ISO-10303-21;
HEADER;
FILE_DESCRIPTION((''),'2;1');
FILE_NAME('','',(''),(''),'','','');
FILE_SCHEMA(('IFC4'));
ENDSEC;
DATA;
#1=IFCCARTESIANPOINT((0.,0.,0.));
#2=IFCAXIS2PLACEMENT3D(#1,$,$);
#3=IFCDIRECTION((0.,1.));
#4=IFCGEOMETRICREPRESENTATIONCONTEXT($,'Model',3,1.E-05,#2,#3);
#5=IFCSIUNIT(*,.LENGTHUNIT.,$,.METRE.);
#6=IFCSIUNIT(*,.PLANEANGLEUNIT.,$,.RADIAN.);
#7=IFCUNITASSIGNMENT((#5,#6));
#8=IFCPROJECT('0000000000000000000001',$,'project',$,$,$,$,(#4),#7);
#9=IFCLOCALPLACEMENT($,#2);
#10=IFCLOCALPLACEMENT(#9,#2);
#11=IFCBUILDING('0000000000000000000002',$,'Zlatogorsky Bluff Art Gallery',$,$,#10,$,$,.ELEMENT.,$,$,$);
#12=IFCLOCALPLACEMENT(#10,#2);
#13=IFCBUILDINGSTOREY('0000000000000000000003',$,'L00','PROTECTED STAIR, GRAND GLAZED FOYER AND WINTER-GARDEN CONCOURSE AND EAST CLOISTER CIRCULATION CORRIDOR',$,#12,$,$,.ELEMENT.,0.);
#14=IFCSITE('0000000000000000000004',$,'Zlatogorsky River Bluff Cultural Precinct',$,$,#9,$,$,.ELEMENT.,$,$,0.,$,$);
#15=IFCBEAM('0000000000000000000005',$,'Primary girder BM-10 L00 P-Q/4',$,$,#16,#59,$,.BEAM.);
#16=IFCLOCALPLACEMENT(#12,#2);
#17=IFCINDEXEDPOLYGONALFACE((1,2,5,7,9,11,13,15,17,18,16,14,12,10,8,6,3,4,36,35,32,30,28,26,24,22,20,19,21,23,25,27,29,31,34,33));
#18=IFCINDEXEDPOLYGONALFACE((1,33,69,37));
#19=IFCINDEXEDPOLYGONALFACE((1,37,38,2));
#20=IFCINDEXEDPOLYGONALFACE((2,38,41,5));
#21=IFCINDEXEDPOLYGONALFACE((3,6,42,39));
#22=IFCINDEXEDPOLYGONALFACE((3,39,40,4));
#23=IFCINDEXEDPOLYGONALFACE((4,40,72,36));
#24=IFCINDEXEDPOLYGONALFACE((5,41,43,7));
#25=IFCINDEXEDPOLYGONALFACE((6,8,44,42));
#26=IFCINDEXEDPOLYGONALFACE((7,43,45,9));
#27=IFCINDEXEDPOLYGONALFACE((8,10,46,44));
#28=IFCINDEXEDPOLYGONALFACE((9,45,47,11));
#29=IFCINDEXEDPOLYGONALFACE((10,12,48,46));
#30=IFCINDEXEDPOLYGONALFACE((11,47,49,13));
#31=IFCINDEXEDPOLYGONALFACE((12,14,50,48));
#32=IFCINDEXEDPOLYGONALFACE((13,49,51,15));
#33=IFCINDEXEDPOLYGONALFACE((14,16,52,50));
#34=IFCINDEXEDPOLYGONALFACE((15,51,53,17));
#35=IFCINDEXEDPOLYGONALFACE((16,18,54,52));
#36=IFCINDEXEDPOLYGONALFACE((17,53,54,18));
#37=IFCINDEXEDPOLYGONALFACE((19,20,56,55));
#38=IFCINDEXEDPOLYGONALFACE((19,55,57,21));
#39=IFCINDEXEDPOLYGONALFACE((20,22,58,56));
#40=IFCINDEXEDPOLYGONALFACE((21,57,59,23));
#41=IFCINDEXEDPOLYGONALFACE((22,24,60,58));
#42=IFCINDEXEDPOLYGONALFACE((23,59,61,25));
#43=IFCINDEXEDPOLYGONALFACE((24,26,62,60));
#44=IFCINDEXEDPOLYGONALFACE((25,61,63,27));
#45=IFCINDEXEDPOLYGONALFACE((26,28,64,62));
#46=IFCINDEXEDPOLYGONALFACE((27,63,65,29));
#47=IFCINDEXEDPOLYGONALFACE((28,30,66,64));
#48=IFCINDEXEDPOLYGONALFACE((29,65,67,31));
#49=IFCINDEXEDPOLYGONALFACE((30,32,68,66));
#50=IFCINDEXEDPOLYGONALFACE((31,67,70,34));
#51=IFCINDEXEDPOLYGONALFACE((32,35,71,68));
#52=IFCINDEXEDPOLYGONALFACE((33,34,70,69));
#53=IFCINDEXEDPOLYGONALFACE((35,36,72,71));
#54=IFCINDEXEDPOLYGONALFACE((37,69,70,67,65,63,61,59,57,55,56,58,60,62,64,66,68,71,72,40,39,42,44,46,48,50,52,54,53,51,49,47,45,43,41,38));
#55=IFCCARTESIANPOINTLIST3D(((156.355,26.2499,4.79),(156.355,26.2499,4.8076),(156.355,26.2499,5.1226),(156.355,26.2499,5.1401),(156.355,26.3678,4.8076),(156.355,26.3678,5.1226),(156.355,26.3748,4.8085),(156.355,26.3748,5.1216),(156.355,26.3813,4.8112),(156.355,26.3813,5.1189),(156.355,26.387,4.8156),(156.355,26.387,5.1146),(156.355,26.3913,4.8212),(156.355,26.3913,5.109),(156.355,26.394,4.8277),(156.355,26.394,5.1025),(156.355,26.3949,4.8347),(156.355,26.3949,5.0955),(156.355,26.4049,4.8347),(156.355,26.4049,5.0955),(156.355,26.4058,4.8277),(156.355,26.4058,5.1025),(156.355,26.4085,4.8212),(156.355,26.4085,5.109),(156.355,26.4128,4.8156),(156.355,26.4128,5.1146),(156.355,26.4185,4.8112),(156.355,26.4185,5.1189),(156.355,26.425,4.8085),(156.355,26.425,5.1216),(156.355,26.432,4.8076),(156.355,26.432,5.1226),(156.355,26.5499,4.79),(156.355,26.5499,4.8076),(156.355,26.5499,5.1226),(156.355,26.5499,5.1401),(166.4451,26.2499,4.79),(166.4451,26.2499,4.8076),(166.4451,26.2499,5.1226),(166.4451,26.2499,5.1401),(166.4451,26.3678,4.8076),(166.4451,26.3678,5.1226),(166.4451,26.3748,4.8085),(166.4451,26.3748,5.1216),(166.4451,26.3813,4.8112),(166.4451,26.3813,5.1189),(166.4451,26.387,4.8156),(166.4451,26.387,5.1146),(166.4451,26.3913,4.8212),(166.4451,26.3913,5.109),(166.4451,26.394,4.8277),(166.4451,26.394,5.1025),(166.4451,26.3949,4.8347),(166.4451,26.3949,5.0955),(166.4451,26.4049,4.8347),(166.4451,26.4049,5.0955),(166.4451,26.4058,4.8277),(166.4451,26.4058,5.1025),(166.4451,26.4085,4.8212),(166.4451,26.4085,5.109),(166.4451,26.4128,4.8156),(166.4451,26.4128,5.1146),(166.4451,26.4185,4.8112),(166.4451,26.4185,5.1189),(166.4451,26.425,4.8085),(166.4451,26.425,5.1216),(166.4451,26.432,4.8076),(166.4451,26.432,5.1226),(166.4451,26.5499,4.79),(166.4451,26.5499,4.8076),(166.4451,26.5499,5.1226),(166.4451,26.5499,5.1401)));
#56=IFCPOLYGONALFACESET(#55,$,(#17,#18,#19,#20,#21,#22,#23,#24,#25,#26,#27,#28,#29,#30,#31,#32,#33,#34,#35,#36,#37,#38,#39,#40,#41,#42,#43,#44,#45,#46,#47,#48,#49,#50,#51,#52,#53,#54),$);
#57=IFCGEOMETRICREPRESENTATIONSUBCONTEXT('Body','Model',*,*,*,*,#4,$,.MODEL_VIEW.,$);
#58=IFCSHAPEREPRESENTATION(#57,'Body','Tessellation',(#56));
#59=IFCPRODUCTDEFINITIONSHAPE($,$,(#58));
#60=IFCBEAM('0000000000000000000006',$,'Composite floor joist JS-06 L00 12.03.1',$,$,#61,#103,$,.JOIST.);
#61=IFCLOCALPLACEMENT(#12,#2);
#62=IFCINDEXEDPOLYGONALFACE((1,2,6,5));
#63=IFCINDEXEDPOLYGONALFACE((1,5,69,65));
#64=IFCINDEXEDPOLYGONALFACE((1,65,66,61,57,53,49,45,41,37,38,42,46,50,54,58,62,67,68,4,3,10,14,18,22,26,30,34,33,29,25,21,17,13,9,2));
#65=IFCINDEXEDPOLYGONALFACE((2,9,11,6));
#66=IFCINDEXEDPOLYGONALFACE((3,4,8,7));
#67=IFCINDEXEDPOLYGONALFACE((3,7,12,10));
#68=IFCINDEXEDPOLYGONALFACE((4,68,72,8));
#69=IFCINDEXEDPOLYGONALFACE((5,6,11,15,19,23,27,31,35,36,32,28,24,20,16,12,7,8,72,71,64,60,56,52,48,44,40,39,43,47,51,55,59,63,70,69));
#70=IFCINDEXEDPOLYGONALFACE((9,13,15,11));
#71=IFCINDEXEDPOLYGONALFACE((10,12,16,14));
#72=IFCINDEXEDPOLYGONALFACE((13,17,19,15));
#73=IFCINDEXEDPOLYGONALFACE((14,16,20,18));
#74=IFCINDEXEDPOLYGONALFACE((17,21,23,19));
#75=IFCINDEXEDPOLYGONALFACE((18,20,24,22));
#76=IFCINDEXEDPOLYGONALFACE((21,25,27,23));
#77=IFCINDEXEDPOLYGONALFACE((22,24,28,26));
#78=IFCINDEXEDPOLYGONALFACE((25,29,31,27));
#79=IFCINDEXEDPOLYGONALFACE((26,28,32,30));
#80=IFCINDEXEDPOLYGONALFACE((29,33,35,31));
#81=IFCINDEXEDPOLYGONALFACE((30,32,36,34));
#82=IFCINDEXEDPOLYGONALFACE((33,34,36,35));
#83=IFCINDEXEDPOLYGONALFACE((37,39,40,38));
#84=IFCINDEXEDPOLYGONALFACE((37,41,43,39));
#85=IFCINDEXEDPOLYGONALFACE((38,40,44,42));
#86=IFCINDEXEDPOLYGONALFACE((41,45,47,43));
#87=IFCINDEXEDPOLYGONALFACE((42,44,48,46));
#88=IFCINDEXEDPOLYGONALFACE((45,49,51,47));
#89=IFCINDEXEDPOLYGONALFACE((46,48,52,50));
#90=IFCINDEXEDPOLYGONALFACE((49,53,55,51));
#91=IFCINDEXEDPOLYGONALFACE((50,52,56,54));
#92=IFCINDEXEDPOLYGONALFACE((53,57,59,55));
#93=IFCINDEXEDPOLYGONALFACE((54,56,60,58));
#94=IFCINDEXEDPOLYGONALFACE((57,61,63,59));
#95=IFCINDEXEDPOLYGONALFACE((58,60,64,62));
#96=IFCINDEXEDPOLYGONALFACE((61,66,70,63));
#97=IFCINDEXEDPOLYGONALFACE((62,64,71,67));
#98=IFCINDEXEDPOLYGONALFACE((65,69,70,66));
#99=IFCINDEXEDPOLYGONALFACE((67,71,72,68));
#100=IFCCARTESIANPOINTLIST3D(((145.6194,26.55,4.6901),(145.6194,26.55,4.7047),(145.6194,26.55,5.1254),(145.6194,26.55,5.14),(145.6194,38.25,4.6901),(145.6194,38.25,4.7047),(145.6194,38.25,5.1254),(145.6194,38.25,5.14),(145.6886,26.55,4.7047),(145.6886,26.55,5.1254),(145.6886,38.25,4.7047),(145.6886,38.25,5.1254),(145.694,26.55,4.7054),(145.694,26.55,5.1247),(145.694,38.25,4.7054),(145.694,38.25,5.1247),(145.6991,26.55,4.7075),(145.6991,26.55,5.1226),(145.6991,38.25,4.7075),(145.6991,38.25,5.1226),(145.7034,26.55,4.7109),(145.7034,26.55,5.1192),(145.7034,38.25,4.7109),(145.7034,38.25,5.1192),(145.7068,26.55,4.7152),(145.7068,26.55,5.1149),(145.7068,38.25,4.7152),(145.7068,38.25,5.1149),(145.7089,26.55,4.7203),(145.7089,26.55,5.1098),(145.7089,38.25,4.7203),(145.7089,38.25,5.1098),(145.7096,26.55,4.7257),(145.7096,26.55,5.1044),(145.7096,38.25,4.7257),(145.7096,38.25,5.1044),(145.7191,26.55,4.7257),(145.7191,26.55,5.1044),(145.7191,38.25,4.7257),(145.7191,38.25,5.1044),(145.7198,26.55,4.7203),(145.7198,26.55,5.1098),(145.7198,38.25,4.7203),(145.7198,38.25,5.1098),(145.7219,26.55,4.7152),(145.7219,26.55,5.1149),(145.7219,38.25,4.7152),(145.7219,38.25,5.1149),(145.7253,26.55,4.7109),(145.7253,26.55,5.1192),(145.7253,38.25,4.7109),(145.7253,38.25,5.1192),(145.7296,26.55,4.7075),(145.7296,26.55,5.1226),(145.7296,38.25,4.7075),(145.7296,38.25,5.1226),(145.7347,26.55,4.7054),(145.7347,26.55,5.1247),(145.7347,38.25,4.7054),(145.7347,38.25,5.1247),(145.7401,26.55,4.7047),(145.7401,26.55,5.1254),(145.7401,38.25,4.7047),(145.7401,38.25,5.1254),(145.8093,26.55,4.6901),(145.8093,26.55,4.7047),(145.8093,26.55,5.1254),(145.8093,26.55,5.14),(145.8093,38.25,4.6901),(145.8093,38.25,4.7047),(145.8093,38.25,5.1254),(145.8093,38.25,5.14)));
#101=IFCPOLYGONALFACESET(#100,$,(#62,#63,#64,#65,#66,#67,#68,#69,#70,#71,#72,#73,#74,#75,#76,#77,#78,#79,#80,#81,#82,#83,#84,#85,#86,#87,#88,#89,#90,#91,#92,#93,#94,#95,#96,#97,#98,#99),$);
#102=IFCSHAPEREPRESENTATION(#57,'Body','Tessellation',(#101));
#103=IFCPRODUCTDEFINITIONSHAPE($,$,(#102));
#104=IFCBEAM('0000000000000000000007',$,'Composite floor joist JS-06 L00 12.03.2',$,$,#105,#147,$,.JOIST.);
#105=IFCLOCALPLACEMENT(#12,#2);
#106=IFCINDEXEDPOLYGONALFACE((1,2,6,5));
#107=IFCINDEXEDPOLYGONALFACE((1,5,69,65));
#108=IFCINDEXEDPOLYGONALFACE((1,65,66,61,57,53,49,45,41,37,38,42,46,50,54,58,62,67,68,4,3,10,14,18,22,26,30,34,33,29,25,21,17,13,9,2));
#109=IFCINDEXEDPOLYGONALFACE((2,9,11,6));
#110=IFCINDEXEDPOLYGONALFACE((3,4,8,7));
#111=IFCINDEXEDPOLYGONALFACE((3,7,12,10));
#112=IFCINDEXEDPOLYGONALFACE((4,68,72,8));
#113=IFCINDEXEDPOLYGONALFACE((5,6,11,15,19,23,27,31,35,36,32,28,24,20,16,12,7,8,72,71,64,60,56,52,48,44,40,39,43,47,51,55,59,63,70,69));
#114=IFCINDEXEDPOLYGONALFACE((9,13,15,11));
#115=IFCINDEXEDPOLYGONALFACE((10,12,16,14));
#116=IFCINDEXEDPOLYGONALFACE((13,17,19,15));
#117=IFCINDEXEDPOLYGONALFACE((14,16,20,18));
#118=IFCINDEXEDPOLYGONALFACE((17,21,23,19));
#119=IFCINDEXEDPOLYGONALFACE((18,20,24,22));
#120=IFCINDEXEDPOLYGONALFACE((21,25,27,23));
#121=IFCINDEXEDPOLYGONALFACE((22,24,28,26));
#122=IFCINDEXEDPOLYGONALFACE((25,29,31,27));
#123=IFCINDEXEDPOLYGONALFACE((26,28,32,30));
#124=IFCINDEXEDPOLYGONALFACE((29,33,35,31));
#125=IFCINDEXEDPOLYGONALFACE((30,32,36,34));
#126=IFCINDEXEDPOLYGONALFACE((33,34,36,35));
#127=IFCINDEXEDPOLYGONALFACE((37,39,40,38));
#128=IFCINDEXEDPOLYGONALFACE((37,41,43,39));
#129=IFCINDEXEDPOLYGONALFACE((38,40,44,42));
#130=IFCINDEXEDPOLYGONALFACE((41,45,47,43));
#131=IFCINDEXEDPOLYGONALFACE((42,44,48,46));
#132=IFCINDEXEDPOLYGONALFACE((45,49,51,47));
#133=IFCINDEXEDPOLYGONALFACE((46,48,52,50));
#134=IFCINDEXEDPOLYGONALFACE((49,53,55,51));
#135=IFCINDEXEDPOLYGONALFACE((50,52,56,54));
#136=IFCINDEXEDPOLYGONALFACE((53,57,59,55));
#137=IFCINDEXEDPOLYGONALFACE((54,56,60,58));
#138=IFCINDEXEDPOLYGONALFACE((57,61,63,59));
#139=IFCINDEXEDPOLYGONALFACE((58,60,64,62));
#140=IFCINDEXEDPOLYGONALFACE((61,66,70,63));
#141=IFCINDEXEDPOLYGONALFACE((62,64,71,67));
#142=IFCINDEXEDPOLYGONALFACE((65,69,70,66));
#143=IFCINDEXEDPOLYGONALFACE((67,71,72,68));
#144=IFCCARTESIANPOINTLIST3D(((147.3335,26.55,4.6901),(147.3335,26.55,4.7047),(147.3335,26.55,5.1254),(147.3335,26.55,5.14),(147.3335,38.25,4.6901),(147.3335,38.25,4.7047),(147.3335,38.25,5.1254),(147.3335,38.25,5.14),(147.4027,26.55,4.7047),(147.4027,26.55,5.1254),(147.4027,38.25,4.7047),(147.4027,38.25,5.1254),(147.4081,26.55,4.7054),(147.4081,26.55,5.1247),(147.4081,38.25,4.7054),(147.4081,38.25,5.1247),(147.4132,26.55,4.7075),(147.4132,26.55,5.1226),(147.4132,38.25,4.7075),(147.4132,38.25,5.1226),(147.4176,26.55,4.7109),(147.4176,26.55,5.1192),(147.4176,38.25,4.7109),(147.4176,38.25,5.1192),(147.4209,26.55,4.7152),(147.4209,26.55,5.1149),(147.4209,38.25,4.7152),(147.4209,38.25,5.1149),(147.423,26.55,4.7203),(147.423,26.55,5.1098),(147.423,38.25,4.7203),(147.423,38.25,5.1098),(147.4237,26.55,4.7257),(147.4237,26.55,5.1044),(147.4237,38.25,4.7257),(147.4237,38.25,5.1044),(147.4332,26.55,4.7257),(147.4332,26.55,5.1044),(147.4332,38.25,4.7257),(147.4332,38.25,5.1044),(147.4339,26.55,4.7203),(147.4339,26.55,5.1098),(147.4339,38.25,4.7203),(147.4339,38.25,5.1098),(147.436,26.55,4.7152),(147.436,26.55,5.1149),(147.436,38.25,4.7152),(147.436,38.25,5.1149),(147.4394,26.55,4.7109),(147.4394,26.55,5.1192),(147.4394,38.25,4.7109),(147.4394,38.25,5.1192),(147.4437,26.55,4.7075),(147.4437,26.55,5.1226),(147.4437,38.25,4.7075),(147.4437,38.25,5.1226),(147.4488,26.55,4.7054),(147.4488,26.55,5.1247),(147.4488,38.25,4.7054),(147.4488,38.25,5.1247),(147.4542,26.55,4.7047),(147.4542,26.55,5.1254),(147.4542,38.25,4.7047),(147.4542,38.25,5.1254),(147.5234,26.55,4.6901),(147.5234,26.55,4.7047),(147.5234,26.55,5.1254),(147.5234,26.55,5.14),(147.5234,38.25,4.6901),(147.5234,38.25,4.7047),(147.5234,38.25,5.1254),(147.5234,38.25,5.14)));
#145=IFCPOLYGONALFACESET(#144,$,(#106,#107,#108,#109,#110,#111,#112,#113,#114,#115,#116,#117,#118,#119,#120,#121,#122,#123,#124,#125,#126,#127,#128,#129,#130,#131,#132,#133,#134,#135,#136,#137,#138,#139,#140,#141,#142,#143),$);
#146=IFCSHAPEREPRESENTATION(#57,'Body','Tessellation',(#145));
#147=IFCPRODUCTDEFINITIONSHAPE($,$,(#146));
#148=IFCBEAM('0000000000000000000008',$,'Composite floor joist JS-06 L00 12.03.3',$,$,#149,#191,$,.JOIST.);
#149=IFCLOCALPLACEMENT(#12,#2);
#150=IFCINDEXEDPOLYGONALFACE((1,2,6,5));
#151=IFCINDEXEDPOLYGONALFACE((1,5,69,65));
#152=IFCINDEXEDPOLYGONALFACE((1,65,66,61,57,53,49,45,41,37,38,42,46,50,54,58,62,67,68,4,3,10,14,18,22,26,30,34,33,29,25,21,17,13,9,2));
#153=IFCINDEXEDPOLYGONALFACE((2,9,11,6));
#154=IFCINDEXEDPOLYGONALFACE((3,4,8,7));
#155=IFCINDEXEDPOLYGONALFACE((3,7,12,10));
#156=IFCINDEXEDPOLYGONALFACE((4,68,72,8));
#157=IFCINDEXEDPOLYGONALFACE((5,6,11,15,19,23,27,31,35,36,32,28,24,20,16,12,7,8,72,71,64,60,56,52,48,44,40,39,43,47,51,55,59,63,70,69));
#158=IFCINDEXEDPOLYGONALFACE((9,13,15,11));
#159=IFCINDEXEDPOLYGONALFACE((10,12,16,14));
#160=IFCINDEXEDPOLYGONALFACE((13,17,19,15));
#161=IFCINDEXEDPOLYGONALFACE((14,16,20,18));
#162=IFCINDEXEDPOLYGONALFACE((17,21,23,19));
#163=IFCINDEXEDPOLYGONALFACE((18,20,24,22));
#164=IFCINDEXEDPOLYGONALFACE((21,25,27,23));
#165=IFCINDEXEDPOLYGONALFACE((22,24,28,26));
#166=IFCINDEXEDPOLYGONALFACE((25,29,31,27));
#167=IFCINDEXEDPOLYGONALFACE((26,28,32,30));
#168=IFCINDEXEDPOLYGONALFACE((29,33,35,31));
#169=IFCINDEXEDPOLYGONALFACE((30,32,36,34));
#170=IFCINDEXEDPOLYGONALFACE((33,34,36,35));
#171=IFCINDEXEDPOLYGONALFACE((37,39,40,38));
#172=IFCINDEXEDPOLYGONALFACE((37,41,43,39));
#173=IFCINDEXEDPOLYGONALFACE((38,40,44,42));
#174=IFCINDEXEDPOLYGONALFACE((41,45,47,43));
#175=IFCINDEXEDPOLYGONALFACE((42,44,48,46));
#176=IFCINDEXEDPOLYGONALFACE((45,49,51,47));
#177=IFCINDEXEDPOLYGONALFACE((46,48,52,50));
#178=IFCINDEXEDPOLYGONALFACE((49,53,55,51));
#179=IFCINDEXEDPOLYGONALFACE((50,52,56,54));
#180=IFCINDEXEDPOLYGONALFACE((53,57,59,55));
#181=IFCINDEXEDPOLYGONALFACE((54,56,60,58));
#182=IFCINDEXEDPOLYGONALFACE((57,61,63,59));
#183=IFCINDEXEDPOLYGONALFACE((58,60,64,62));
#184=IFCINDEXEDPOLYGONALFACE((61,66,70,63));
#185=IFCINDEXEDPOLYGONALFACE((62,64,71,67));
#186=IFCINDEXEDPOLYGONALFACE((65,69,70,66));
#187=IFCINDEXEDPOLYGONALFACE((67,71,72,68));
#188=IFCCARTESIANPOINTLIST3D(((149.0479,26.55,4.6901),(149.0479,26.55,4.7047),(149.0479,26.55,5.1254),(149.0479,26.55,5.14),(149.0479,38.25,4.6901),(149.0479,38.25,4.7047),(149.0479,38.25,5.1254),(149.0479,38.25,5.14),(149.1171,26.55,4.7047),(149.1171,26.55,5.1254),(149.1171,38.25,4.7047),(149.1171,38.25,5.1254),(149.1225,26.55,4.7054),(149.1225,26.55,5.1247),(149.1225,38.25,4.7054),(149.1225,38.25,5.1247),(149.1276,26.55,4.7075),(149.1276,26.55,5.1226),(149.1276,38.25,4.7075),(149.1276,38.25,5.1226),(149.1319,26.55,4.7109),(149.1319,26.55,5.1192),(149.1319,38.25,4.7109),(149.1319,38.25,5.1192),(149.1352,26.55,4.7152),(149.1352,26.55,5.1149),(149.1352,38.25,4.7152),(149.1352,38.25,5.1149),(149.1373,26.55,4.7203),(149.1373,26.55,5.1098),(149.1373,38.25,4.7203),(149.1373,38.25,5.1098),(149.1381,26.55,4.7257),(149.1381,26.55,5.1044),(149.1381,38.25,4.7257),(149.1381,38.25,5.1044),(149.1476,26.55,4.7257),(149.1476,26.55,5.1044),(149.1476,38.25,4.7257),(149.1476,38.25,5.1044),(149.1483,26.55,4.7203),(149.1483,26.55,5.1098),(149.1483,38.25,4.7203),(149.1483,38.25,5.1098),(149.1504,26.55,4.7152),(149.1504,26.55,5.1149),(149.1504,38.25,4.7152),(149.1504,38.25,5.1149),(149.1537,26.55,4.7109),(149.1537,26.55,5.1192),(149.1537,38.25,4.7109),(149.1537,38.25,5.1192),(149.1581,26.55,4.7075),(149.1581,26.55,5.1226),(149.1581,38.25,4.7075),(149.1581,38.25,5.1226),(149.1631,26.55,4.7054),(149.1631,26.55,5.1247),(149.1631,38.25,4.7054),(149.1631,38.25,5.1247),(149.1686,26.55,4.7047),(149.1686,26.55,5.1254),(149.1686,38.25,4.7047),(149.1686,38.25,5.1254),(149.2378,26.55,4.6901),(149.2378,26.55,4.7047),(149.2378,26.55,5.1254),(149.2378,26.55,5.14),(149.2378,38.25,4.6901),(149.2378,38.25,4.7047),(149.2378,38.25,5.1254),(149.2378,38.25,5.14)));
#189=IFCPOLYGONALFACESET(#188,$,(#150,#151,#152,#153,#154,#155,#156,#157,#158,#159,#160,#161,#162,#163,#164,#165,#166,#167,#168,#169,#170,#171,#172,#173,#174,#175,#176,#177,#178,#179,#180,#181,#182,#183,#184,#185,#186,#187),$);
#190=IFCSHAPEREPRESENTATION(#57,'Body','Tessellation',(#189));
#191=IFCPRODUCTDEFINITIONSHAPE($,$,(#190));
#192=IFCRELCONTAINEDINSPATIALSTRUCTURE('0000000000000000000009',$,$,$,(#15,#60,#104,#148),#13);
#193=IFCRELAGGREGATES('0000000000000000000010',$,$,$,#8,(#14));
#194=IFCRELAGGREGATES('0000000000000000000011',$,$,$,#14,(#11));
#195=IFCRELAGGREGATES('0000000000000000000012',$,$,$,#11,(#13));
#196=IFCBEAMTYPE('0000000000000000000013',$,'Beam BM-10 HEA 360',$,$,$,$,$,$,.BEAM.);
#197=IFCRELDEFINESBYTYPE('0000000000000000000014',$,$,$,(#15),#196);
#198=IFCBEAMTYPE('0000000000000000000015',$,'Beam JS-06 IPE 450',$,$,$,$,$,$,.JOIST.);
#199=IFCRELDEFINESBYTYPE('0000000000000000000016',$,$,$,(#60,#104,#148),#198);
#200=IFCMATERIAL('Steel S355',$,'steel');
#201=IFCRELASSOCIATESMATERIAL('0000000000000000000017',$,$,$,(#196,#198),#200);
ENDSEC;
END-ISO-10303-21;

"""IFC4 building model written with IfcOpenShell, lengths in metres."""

from ifc_helpers import new_model, si_unit, direction, frame, origin, origin_2d, place, context, subcontext, project, spatial, i_section, extrude, material, material_profile, profile_set, type_object, element, save


model = new_model("IFC4")

# Units and contexts
model_context = context("Model", 3, precision=1e-05, world=origin(), true_north=direction((0.0, 1.0)))
body_context = subcontext(model_context, "Body", "Model", "MODEL_VIEW")
ifc_project = project(units=[si_unit("LENGTHUNIT", "METRE"), si_unit("PLANEANGLEUNIT", "RADIAN")], contexts=[model_context])

# Site, building, storey
site_placement = place(None, origin())
site = spatial("IfcSite", under=ifc_project, at=site_placement, Name="Zlatogorsky River Bluff Cultural Precinct", CompositionType="ELEMENT", RefElevation=0.0)
building_placement = place(site_placement, origin())
building = spatial("IfcBuilding", under=site, at=building_placement, Name="Zlatogorsky Bluff Art Gallery", CompositionType="ELEMENT")
storey_placement = place(building_placement, origin())
storey = spatial("IfcBuildingStorey", under=building, at=storey_placement, Name="L00", Description="PROTECTED STAIR, GRAND GLAZED FOYER AND WINTER-GARDEN CONCOURSE AND EAST CLOISTER CIRCULATION CORRIDOR", CompositionType="ELEMENT", Elevation=0.0)

# Beams
ifc_material_1 = material(Name="Steel S355", Category="steel")
ifc_material_profile_1 = material_profile(ifc_material_1, i_section(OverallWidth=0.3, OverallDepth=0.3501, WebThickness=0.01, FlangeThickness=0.0176, FilletRadius=0.0271, at=origin_2d()), Name="HEA 360")
ifc_profile_set_1 = profile_set([ifc_material_profile_1], Name="Steel S355")
beam_type_1 = type_object("IfcBeamType", Name="Beam BM-10 HEA 360", PredefinedType="BEAM", material=ifc_profile_set_1)
beam_placement = place(storey_placement, frame((156.355, 26.3999, 4.9651), z_axis=(1.0, 0.0, 0.0), x_axis=(0.0, 1.0, 0.0)))
element("IfcBeam", 1, at=beam_placement, inside=storey, type_object=beam_type_1, Name="Primary girder BM-10 L00 P-Q/4", PredefinedType="BEAM", context=body_context, shape_type="SweptSolid", body=[
    extrude(i_section(OverallWidth=0.3, OverallDepth=0.3501, WebThickness=0.01, FlangeThickness=0.0176, FilletRadius=0.0271, at=origin_2d()), origin(), (0.0, 0.0, 1.0), 10.0901),
])
ifc_material_profile_2 = material_profile(ifc_material_1, i_section(OverallWidth=0.1899, OverallDepth=0.45, WebThickness=0.0095, FlangeThickness=0.0146, FilletRadius=0.021, at=origin_2d()), Name="IPE 450")
ifc_profile_set_2 = profile_set([ifc_material_profile_2], Name="Steel S355")
beam_type_2 = type_object("IfcBeamType", Name="Beam JS-06 IPE 450", PredefinedType="JOIST", material=ifc_profile_set_2)
for number, where, z_axis, x_axis, name in (
    (2, (145.7144, 26.55, 4.915), (0.0, 1.0, 0.0), (-1.0, 0.0, 0.0), "Composite floor joist JS-06 L00 12.03.1"),
    (3, (147.4285, 26.55, 4.915), (0.0, 1.0, 0.0), (-1.0, 0.0, 0.0), "Composite floor joist JS-06 L00 12.03.2"),
    (4, (149.1428, 26.55, 4.915), (0.0, 1.0, 0.0), (-1.0, 0.0, 0.0), "Composite floor joist JS-06 L00 12.03.3"),
):
    element("IfcBeam", number, at=place(storey_placement, frame(where, z_axis=z_axis, x_axis=x_axis)), inside=storey, type_object=beam_type_2, Name=name, PredefinedType="JOIST", context=body_context, shape_type="SweptSolid", body=[
        extrude(i_section(OverallWidth=0.1899, OverallDepth=0.45, WebThickness=0.0095, FlangeThickness=0.0146, FilletRadius=0.021, at=origin_2d()), origin(), (0.0, 0.0, 1.0), 11.7),
    ])

save(model, "model.ifc")
